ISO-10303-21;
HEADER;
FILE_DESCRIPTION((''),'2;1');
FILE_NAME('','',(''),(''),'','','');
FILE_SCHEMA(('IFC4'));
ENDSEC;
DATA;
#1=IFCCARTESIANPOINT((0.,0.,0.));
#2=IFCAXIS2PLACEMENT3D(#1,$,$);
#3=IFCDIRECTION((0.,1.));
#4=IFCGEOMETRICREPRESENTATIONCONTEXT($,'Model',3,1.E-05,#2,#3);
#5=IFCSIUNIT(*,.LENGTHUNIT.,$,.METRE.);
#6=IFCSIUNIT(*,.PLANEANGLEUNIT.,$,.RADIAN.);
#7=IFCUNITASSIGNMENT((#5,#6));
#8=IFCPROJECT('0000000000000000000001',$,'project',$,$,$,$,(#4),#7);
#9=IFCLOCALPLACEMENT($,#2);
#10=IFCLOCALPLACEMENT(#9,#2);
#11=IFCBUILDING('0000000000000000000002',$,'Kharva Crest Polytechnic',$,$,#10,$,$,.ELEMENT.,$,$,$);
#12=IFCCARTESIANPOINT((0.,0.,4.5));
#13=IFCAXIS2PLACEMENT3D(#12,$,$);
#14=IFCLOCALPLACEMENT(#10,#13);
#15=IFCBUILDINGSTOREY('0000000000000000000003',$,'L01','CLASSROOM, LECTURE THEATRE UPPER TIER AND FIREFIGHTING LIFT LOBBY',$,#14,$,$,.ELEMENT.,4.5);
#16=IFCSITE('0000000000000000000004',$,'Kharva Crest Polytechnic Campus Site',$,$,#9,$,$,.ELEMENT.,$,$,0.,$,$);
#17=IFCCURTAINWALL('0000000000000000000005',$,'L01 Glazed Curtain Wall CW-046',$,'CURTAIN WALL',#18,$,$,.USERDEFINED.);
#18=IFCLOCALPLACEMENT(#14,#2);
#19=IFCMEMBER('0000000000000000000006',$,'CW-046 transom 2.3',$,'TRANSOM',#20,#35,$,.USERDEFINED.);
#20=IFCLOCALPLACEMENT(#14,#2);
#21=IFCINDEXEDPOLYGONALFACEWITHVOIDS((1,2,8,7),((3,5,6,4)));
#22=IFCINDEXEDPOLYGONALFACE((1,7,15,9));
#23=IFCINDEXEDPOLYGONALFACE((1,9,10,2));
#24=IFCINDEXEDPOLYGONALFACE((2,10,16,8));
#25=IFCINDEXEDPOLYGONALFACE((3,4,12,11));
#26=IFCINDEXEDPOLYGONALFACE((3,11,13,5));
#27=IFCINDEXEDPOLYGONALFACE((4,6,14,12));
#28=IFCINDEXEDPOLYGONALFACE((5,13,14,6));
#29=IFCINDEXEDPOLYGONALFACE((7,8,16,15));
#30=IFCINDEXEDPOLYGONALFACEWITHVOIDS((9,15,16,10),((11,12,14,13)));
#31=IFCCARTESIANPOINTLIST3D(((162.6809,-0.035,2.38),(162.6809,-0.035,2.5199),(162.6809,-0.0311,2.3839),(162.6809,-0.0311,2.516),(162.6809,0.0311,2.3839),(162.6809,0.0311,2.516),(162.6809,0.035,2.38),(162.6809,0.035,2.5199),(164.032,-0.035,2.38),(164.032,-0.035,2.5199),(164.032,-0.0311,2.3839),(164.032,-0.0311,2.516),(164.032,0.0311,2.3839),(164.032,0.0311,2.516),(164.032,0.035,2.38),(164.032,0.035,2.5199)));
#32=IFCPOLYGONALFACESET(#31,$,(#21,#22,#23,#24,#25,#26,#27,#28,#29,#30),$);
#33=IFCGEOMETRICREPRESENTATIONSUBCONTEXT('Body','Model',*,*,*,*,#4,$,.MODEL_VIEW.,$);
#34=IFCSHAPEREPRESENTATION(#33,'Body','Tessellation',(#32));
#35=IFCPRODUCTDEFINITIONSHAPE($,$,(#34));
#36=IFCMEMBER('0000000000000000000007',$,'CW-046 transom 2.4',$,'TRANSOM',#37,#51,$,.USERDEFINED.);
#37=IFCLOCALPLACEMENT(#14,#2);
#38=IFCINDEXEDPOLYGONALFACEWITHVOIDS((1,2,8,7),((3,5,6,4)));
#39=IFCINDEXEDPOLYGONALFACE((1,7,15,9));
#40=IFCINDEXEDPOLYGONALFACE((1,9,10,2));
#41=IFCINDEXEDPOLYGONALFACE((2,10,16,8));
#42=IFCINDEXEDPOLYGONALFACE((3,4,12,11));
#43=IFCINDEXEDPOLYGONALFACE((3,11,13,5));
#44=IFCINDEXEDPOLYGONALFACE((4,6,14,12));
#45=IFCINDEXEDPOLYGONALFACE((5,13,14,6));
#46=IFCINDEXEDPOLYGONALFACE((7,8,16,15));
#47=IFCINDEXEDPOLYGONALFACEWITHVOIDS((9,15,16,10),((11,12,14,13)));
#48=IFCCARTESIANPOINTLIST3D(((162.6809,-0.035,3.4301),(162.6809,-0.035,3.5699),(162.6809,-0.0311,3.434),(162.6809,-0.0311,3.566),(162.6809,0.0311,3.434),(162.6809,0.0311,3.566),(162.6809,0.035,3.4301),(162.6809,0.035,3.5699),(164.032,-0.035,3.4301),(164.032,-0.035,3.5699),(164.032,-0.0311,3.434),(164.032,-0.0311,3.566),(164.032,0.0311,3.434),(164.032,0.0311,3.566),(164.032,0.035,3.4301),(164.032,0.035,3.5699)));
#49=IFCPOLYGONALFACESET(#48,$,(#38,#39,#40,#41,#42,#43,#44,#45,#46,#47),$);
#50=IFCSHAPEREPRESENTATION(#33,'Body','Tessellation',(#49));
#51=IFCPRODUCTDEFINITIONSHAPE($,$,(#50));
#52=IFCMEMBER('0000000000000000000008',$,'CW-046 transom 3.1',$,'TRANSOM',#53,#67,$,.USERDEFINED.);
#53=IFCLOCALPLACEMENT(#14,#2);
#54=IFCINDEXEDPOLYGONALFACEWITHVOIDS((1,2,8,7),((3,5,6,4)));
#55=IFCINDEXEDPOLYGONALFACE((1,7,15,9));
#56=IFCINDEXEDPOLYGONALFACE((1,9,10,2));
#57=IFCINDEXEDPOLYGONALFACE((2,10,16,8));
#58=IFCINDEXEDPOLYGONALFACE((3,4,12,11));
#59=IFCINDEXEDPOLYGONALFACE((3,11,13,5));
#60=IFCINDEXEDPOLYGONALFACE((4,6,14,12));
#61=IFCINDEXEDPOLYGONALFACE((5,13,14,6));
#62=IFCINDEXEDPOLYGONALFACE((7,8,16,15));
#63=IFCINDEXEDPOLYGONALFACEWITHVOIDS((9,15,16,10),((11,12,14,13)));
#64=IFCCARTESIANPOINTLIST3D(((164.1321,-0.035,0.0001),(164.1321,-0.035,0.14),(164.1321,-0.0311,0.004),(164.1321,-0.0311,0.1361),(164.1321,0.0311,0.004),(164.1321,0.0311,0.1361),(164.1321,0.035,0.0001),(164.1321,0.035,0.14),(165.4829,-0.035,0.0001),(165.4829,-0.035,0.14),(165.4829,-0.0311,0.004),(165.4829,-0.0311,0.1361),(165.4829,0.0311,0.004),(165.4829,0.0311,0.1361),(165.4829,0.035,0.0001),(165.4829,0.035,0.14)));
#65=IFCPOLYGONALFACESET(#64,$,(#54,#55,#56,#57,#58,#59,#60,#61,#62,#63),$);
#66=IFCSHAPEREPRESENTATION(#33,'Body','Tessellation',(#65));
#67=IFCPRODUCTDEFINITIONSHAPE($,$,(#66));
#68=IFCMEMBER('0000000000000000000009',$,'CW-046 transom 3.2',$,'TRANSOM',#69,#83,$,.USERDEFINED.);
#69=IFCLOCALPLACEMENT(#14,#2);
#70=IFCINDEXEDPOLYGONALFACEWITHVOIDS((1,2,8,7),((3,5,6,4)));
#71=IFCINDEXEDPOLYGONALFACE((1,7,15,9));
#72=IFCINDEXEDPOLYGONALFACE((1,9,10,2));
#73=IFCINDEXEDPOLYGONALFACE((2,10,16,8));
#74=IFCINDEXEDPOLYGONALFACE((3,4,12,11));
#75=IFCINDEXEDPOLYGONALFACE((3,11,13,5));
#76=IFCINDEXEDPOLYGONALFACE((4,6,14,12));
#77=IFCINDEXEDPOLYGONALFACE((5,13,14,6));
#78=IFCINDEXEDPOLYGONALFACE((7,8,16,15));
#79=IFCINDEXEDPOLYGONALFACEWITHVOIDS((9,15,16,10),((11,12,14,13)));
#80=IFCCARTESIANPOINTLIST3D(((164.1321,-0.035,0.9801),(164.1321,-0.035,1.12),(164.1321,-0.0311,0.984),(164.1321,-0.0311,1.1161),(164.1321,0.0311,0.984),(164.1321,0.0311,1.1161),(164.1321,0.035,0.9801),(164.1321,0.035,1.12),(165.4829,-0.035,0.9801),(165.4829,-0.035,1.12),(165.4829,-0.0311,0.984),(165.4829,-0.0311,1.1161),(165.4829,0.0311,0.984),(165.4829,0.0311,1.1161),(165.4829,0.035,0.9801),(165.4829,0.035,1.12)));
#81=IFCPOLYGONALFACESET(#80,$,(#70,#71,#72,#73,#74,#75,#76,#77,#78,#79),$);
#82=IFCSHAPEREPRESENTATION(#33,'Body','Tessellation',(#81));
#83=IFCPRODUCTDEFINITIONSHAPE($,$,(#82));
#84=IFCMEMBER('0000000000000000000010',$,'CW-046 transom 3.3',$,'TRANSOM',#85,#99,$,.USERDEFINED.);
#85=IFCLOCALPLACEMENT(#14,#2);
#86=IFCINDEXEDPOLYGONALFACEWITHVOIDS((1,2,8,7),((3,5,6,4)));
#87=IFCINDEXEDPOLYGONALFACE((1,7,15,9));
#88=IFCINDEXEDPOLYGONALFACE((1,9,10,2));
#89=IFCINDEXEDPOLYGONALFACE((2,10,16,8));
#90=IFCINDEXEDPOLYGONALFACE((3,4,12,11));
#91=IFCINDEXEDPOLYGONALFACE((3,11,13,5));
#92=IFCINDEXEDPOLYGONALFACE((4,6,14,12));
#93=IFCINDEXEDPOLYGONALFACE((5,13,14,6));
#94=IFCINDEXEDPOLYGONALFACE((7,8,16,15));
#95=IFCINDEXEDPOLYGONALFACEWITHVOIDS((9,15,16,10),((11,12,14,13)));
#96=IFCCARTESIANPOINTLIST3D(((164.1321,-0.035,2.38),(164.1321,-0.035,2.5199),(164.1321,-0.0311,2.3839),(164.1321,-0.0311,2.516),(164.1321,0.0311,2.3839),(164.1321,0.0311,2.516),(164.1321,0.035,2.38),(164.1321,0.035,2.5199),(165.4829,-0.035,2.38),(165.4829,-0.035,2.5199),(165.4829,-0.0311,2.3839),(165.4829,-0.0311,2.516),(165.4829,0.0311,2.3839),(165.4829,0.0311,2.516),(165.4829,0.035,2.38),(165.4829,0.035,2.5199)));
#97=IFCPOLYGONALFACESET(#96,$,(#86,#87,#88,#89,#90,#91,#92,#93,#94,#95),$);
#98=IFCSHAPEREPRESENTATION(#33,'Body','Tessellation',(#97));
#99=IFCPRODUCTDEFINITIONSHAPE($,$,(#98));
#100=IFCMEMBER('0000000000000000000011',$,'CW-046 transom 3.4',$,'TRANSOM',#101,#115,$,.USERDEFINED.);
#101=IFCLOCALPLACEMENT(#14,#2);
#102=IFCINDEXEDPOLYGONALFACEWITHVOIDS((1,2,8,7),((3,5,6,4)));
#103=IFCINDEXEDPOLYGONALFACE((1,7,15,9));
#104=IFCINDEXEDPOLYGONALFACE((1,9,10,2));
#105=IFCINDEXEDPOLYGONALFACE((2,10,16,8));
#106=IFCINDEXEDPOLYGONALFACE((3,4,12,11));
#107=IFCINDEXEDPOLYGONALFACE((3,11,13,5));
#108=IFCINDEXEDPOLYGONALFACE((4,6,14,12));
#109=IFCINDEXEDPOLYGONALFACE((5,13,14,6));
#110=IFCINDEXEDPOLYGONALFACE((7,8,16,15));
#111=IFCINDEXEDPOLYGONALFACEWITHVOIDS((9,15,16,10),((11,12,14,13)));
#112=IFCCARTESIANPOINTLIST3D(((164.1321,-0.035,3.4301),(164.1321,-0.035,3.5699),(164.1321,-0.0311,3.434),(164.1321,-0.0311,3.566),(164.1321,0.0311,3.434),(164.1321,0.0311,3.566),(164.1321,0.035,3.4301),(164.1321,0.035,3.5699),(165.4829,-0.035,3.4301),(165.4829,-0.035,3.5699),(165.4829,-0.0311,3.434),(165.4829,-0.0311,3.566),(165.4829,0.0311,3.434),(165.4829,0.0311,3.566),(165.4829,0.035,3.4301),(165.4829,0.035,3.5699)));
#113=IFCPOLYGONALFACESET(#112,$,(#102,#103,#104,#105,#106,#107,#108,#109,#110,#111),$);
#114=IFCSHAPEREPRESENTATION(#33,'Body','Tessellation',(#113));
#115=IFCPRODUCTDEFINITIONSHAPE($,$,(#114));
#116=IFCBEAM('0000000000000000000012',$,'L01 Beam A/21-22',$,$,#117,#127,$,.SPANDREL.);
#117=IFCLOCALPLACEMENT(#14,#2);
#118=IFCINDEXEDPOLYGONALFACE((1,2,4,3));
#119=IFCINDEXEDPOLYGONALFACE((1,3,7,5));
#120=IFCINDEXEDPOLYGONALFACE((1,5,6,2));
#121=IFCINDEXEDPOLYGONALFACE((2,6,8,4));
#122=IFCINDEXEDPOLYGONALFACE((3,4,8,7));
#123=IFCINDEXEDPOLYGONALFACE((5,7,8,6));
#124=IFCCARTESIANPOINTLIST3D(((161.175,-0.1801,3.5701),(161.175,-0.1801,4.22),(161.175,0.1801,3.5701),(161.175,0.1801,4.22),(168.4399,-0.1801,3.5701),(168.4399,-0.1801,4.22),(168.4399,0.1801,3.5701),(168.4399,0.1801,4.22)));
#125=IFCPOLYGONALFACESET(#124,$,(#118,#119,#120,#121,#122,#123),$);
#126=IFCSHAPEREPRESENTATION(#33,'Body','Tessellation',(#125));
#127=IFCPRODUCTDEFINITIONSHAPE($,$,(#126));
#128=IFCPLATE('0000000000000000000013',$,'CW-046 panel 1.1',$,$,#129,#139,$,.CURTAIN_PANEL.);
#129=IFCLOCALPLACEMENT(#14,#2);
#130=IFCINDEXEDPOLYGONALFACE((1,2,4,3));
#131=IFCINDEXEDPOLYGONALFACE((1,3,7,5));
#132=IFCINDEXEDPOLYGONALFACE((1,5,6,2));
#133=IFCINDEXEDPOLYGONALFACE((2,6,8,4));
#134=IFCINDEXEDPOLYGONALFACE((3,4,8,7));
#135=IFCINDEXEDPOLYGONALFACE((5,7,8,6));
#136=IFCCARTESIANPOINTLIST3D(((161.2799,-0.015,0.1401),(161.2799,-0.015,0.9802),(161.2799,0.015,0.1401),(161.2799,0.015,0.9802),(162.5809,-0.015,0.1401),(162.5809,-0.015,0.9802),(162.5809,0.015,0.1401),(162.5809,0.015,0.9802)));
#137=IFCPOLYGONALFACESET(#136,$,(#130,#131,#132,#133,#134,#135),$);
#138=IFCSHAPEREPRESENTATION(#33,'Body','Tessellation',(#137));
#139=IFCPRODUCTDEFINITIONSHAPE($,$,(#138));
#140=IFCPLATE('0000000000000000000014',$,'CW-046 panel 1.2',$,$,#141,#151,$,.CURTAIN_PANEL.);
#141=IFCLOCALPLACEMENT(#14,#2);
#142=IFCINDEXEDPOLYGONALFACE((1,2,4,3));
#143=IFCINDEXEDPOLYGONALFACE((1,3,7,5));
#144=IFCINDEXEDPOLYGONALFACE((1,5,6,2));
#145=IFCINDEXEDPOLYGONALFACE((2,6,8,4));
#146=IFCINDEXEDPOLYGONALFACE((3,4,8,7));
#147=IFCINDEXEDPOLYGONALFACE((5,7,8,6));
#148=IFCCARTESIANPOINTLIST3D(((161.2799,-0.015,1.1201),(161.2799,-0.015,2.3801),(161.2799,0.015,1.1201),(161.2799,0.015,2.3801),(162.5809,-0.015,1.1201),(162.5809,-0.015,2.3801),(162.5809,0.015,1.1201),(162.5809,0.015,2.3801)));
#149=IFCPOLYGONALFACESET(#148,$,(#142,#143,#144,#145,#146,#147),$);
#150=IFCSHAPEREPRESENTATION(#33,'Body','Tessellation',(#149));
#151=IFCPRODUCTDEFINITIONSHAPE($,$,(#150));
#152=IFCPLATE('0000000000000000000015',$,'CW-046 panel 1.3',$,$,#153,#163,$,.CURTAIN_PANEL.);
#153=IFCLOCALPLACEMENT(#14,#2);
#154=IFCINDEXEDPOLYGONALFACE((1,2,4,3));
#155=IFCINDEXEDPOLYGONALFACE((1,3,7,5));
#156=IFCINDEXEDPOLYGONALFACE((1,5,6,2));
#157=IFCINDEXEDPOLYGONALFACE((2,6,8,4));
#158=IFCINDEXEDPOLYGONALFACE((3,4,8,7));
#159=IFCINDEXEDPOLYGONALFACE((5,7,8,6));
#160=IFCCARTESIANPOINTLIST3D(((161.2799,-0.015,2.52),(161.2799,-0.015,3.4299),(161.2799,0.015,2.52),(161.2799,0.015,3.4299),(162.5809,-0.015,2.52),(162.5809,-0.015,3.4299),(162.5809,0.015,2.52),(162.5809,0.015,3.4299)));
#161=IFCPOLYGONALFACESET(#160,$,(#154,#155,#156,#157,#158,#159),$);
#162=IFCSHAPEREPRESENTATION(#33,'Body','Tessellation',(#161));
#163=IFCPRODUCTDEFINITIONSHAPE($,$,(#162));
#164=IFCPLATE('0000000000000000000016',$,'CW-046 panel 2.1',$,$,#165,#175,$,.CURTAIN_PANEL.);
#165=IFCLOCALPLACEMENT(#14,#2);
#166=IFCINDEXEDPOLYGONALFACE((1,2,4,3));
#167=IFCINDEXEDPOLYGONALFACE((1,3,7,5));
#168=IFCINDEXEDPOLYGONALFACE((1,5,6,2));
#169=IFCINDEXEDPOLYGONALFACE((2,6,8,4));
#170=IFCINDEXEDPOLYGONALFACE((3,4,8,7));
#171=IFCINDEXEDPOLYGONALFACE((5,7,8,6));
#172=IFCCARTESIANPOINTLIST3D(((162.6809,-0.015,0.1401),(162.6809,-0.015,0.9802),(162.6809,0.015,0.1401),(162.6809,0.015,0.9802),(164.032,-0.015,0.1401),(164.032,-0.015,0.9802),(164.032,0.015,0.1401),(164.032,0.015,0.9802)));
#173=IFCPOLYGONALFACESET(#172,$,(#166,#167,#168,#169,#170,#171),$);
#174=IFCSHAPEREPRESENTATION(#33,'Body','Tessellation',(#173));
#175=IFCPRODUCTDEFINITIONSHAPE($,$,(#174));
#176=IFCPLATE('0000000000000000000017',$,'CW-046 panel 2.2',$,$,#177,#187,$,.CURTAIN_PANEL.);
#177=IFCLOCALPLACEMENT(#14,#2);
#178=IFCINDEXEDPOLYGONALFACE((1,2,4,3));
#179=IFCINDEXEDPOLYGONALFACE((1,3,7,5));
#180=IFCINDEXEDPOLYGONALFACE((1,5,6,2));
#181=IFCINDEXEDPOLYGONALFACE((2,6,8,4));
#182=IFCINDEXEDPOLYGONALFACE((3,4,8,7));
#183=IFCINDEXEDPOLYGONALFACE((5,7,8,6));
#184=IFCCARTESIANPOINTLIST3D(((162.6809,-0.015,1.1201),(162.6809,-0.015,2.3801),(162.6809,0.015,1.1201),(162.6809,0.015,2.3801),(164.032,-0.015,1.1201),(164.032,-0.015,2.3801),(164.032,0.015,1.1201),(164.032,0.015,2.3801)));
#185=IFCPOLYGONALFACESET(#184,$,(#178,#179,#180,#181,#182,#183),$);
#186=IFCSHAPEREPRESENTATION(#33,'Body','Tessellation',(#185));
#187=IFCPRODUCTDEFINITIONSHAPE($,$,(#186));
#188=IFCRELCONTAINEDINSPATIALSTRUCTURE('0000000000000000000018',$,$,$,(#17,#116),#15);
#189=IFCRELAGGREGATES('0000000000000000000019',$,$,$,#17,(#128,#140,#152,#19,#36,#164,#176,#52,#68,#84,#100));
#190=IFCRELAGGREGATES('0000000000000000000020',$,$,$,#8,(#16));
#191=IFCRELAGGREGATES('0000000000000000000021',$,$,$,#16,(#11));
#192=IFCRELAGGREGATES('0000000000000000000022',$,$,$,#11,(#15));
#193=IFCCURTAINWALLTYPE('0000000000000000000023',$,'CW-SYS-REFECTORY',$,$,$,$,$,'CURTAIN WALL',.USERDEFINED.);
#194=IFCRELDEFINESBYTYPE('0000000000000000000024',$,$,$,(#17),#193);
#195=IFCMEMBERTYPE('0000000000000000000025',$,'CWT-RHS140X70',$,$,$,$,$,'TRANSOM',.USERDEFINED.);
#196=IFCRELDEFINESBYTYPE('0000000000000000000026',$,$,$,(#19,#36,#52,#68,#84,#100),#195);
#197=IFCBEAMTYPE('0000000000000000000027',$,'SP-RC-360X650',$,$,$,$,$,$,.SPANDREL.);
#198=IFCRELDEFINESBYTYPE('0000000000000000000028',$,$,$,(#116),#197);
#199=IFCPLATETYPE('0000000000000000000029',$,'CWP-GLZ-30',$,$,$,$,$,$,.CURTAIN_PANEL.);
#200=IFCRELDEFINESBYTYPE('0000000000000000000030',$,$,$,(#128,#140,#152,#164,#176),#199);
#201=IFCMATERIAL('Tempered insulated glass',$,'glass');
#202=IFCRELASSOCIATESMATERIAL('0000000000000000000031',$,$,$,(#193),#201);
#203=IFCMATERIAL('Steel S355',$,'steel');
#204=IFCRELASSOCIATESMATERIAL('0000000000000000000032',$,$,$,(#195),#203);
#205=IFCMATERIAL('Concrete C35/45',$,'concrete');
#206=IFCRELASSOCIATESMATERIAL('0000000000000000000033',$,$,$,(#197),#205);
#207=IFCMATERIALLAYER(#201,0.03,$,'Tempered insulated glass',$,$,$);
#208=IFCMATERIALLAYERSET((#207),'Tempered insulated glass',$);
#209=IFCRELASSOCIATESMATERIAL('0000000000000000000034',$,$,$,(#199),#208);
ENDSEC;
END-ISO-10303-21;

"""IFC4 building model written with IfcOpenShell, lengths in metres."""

from ifc_helpers import new_model, si_unit, direction, frame, origin, origin_2d, place, context, subcontext, project, spatial, rectangle, hollow_rectangle, extrude, material, layer, layer_set, material_profile, profile_set, type_object, element, aggregate, save


model = new_model("IFC4")

# Units and contexts
model_context = context("Model", 3, precision=1e-05, world=origin(), true_north=direction((0.0, 1.0)))
body_context = subcontext(model_context, "Body", "Model", "MODEL_VIEW")
ifc_project = project(units=[si_unit("LENGTHUNIT", "METRE"), si_unit("PLANEANGLEUNIT", "RADIAN")], contexts=[model_context])

# Site, building, storey
site_placement = place(None, origin())
site = spatial("IfcSite", under=ifc_project, at=site_placement, Name="Kharva Crest Polytechnic Campus Site", CompositionType="ELEMENT", RefElevation=0.0)
building_placement = place(site_placement, origin())
building = spatial("IfcBuilding", under=site, at=building_placement, Name="Kharva Crest Polytechnic", CompositionType="ELEMENT")
storey_placement = place(building_placement, frame((0.0, 0.0, 4.5)))
storey = spatial("IfcBuildingStorey", under=building, at=storey_placement, Name="L01", Description="CLASSROOM, LECTURE THEATRE UPPER TIER AND FIREFIGHTING LIFT LOBBY", CompositionType="ELEMENT", Elevation=4.5)

# Shared definitions
ifc_material_1 = material(Name="Concrete C35/45", Category="concrete")

# Curtain wall, members
ifc_material_2 = material(Name="Tempered insulated glass", Category="glass")
curtain_wall_type = type_object("IfcCurtainWallType", Name="CW-SYS-REFECTORY", ElementType="CURTAIN WALL", PredefinedType="USERDEFINED", material=ifc_material_2)
curtain_wall_placement = place(storey_placement, origin())
curtain_wall = element("IfcCurtainWall", 1, at=curtain_wall_placement, inside=storey, type_object=curtain_wall_type, Name="L01 Glazed Curtain Wall CW-046", ObjectType="CURTAIN WALL", PredefinedType="USERDEFINED")
ifc_material_3 = material(Name="Steel S355", Category="steel")
ifc_material_profile_1 = material_profile(ifc_material_3, hollow_rectangle(XDim=0.0701, YDim=0.1399, WallThickness=0.0039, at=origin_2d()), Name="RHS 140X70X4.0")
ifc_profile_set_1 = profile_set([ifc_material_profile_1], Name="Steel S355")
member_type_1 = type_object("IfcMemberType", Name="CWT-RHS140X70", ElementType="TRANSOM", PredefinedType="USERDEFINED", material=ifc_profile_set_1)
member_1_placement = place(storey_placement, frame((162.6809, 0.0, 2.45), z_axis=(1.0, 0.0, 0.0), x_axis=(0.0, 1.0, 0.0)))
member_1 = element("IfcMember", 2, at=member_1_placement, type_object=member_type_1, Name="CW-046 transom 2.3", ObjectType="TRANSOM", PredefinedType="USERDEFINED", context=body_context, shape_type="SweptSolid", body=[
    extrude(hollow_rectangle(XDim=0.0701, YDim=0.1399, WallThickness=0.0039, at=origin_2d()), origin(), (0.0, 0.0, 1.0), 1.3511),
])
member_2_placement = place(storey_placement, frame((162.6809, 0.0, 3.5), z_axis=(1.0, 0.0, 0.0), x_axis=(0.0, 1.0, 0.0)))
member_2 = element("IfcMember", 3, at=member_2_placement, type_object=member_type_1, Name="CW-046 transom 2.4", ObjectType="TRANSOM", PredefinedType="USERDEFINED", context=body_context, shape_type="SweptSolid", body=[
    extrude(hollow_rectangle(XDim=0.0701, YDim=0.1399, WallThickness=0.0039, at=origin_2d()), origin(), (0.0, 0.0, 1.0), 1.3511),
])
member_3_placement = place(storey_placement, frame((164.1321, 0.0, 0.0701), z_axis=(1.0, 0.0, 0.0), x_axis=(0.0, 1.0, 0.0)))
member_3 = element("IfcMember", 4, at=member_3_placement, type_object=member_type_1, Name="CW-046 transom 3.1", ObjectType="TRANSOM", PredefinedType="USERDEFINED", context=body_context, shape_type="SweptSolid", body=[
    extrude(hollow_rectangle(XDim=0.0701, YDim=0.1399, WallThickness=0.0039, at=origin_2d()), origin(), (0.0, 0.0, 1.0), 1.3508),
])
member_4_placement = place(storey_placement, frame((164.1321, 0.0, 1.05), z_axis=(1.0, 0.0, 0.0), x_axis=(0.0, 1.0, 0.0)))
member_4 = element("IfcMember", 5, at=member_4_placement, type_object=member_type_1, Name="CW-046 transom 3.2", ObjectType="TRANSOM", PredefinedType="USERDEFINED", context=body_context, shape_type="SweptSolid", body=[
    extrude(hollow_rectangle(XDim=0.0701, YDim=0.1399, WallThickness=0.0039, at=origin_2d()), origin(), (0.0, 0.0, 1.0), 1.3508),
])
member_5_placement = place(storey_placement, frame((164.1321, 0.0, 2.45), z_axis=(1.0, 0.0, 0.0), x_axis=(0.0, 1.0, 0.0)))
member_5 = element("IfcMember", 6, at=member_5_placement, type_object=member_type_1, Name="CW-046 transom 3.3", ObjectType="TRANSOM", PredefinedType="USERDEFINED", context=body_context, shape_type="SweptSolid", body=[
    extrude(hollow_rectangle(XDim=0.0701, YDim=0.1399, WallThickness=0.0039, at=origin_2d()), origin(), (0.0, 0.0, 1.0), 1.3508),
])
member_6_placement = place(storey_placement, frame((164.1321, 0.0, 3.5), z_axis=(1.0, 0.0, 0.0), x_axis=(0.0, 1.0, 0.0)))
member_6 = element("IfcMember", 7, at=member_6_placement, type_object=member_type_1, Name="CW-046 transom 3.4", ObjectType="TRANSOM", PredefinedType="USERDEFINED", context=body_context, shape_type="SweptSolid", body=[
    extrude(hollow_rectangle(XDim=0.0701, YDim=0.1399, WallThickness=0.0039, at=origin_2d()), origin(), (0.0, 0.0, 1.0), 1.3508),
])

# Beam
ifc_material_profile_2 = material_profile(ifc_material_1, rectangle(XDim=0.3601, YDim=0.6499, at=origin_2d()), Name="RECT 360 X 650")
ifc_profile_set_2 = profile_set([ifc_material_profile_2], Name="Concrete C35/45")
beam_type_1 = type_object("IfcBeamType", Name="SP-RC-360X650", PredefinedType="SPANDREL", material=ifc_profile_set_2)
beam_1_placement = place(storey_placement, frame((161.175, 0.0, 3.895), z_axis=(1.0, 0.0, 0.0), x_axis=(0.0, 1.0, 0.0)))
element("IfcBeam", 8, at=beam_1_placement, inside=storey, type_object=beam_type_1, Name="L01 Beam A/21-22", PredefinedType="SPANDREL", context=body_context, shape_type="SweptSolid", body=[
    extrude(rectangle(XDim=0.3601, YDim=0.6499, at=origin_2d()), origin(), (0.0, 0.0, 1.0), 7.2649),
])

# Plates
ifc_layer = layer(ifc_material_2, 0.03, Name="Tempered insulated glass")
ifc_layer_set = layer_set([ifc_layer], Name="Tempered insulated glass")
plate_type = type_object("IfcPlateType", Name="CWP-GLZ-30", PredefinedType="CURTAIN_PANEL", material=ifc_layer_set)
plate_1_placement = place(storey_placement, frame((161.9304, 0.0, 0.1401), z_axis=(0.0, 0.0, 1.0), x_axis=(1.0, 0.0, 0.0)))
plate_1 = element("IfcPlate", 9, at=plate_1_placement, type_object=plate_type, Name="CW-046 panel 1.1", PredefinedType="CURTAIN_PANEL", context=body_context, shape_type="SweptSolid", body=[
    extrude(rectangle(XDim=1.301, YDim=0.03, at=origin_2d()), origin(), (0.0, 0.0, 1.0), 0.8401),
])
plate_2_placement = place(storey_placement, frame((161.9304, 0.0, 1.1201), z_axis=(0.0, 0.0, 1.0), x_axis=(1.0, 0.0, 0.0)))
plate_2 = element("IfcPlate", 10, at=plate_2_placement, type_object=plate_type, Name="CW-046 panel 1.2", PredefinedType="CURTAIN_PANEL", context=body_context, shape_type="SweptSolid", body=[
    extrude(rectangle(XDim=1.301, YDim=0.03, at=origin_2d()), origin(), (0.0, 0.0, 1.0), 1.26),
])
plate_3_placement = place(storey_placement, frame((161.9304, 0.0, 2.52), z_axis=(0.0, 0.0, 1.0), x_axis=(1.0, 0.0, 0.0)))
plate_3 = element("IfcPlate", 11, at=plate_3_placement, type_object=plate_type, Name="CW-046 panel 1.3", PredefinedType="CURTAIN_PANEL", context=body_context, shape_type="SweptSolid", body=[
    extrude(rectangle(XDim=1.301, YDim=0.03, at=origin_2d()), origin(), (0.0, 0.0, 1.0), 0.9099),
])
plate_4_placement = place(storey_placement, frame((163.3564, 0.0, 0.1401), z_axis=(0.0, 0.0, 1.0), x_axis=(1.0, 0.0, 0.0)))
plate_4 = element("IfcPlate", 12, at=plate_4_placement, type_object=plate_type, Name="CW-046 panel 2.1", PredefinedType="CURTAIN_PANEL", context=body_context, shape_type="SweptSolid", body=[
    extrude(rectangle(XDim=1.3511, YDim=0.03, at=origin_2d()), origin(), (0.0, 0.0, 1.0), 0.8401),
])
plate_5_placement = place(storey_placement, frame((163.3564, 0.0, 1.1201), z_axis=(0.0, 0.0, 1.0), x_axis=(1.0, 0.0, 0.0)))
plate_5 = element("IfcPlate", 13, at=plate_5_placement, type_object=plate_type, Name="CW-046 panel 2.2", PredefinedType="CURTAIN_PANEL", context=body_context, shape_type="SweptSolid", body=[
    extrude(rectangle(XDim=1.3511, YDim=0.03, at=origin_2d()), origin(), (0.0, 0.0, 1.0), 1.26),
])
aggregate(curtain_wall, [plate_1, plate_2, plate_3, member_1, member_2, plate_4, plate_5, member_3, member_4, member_5, member_6])

save(model, "model.ifc")
